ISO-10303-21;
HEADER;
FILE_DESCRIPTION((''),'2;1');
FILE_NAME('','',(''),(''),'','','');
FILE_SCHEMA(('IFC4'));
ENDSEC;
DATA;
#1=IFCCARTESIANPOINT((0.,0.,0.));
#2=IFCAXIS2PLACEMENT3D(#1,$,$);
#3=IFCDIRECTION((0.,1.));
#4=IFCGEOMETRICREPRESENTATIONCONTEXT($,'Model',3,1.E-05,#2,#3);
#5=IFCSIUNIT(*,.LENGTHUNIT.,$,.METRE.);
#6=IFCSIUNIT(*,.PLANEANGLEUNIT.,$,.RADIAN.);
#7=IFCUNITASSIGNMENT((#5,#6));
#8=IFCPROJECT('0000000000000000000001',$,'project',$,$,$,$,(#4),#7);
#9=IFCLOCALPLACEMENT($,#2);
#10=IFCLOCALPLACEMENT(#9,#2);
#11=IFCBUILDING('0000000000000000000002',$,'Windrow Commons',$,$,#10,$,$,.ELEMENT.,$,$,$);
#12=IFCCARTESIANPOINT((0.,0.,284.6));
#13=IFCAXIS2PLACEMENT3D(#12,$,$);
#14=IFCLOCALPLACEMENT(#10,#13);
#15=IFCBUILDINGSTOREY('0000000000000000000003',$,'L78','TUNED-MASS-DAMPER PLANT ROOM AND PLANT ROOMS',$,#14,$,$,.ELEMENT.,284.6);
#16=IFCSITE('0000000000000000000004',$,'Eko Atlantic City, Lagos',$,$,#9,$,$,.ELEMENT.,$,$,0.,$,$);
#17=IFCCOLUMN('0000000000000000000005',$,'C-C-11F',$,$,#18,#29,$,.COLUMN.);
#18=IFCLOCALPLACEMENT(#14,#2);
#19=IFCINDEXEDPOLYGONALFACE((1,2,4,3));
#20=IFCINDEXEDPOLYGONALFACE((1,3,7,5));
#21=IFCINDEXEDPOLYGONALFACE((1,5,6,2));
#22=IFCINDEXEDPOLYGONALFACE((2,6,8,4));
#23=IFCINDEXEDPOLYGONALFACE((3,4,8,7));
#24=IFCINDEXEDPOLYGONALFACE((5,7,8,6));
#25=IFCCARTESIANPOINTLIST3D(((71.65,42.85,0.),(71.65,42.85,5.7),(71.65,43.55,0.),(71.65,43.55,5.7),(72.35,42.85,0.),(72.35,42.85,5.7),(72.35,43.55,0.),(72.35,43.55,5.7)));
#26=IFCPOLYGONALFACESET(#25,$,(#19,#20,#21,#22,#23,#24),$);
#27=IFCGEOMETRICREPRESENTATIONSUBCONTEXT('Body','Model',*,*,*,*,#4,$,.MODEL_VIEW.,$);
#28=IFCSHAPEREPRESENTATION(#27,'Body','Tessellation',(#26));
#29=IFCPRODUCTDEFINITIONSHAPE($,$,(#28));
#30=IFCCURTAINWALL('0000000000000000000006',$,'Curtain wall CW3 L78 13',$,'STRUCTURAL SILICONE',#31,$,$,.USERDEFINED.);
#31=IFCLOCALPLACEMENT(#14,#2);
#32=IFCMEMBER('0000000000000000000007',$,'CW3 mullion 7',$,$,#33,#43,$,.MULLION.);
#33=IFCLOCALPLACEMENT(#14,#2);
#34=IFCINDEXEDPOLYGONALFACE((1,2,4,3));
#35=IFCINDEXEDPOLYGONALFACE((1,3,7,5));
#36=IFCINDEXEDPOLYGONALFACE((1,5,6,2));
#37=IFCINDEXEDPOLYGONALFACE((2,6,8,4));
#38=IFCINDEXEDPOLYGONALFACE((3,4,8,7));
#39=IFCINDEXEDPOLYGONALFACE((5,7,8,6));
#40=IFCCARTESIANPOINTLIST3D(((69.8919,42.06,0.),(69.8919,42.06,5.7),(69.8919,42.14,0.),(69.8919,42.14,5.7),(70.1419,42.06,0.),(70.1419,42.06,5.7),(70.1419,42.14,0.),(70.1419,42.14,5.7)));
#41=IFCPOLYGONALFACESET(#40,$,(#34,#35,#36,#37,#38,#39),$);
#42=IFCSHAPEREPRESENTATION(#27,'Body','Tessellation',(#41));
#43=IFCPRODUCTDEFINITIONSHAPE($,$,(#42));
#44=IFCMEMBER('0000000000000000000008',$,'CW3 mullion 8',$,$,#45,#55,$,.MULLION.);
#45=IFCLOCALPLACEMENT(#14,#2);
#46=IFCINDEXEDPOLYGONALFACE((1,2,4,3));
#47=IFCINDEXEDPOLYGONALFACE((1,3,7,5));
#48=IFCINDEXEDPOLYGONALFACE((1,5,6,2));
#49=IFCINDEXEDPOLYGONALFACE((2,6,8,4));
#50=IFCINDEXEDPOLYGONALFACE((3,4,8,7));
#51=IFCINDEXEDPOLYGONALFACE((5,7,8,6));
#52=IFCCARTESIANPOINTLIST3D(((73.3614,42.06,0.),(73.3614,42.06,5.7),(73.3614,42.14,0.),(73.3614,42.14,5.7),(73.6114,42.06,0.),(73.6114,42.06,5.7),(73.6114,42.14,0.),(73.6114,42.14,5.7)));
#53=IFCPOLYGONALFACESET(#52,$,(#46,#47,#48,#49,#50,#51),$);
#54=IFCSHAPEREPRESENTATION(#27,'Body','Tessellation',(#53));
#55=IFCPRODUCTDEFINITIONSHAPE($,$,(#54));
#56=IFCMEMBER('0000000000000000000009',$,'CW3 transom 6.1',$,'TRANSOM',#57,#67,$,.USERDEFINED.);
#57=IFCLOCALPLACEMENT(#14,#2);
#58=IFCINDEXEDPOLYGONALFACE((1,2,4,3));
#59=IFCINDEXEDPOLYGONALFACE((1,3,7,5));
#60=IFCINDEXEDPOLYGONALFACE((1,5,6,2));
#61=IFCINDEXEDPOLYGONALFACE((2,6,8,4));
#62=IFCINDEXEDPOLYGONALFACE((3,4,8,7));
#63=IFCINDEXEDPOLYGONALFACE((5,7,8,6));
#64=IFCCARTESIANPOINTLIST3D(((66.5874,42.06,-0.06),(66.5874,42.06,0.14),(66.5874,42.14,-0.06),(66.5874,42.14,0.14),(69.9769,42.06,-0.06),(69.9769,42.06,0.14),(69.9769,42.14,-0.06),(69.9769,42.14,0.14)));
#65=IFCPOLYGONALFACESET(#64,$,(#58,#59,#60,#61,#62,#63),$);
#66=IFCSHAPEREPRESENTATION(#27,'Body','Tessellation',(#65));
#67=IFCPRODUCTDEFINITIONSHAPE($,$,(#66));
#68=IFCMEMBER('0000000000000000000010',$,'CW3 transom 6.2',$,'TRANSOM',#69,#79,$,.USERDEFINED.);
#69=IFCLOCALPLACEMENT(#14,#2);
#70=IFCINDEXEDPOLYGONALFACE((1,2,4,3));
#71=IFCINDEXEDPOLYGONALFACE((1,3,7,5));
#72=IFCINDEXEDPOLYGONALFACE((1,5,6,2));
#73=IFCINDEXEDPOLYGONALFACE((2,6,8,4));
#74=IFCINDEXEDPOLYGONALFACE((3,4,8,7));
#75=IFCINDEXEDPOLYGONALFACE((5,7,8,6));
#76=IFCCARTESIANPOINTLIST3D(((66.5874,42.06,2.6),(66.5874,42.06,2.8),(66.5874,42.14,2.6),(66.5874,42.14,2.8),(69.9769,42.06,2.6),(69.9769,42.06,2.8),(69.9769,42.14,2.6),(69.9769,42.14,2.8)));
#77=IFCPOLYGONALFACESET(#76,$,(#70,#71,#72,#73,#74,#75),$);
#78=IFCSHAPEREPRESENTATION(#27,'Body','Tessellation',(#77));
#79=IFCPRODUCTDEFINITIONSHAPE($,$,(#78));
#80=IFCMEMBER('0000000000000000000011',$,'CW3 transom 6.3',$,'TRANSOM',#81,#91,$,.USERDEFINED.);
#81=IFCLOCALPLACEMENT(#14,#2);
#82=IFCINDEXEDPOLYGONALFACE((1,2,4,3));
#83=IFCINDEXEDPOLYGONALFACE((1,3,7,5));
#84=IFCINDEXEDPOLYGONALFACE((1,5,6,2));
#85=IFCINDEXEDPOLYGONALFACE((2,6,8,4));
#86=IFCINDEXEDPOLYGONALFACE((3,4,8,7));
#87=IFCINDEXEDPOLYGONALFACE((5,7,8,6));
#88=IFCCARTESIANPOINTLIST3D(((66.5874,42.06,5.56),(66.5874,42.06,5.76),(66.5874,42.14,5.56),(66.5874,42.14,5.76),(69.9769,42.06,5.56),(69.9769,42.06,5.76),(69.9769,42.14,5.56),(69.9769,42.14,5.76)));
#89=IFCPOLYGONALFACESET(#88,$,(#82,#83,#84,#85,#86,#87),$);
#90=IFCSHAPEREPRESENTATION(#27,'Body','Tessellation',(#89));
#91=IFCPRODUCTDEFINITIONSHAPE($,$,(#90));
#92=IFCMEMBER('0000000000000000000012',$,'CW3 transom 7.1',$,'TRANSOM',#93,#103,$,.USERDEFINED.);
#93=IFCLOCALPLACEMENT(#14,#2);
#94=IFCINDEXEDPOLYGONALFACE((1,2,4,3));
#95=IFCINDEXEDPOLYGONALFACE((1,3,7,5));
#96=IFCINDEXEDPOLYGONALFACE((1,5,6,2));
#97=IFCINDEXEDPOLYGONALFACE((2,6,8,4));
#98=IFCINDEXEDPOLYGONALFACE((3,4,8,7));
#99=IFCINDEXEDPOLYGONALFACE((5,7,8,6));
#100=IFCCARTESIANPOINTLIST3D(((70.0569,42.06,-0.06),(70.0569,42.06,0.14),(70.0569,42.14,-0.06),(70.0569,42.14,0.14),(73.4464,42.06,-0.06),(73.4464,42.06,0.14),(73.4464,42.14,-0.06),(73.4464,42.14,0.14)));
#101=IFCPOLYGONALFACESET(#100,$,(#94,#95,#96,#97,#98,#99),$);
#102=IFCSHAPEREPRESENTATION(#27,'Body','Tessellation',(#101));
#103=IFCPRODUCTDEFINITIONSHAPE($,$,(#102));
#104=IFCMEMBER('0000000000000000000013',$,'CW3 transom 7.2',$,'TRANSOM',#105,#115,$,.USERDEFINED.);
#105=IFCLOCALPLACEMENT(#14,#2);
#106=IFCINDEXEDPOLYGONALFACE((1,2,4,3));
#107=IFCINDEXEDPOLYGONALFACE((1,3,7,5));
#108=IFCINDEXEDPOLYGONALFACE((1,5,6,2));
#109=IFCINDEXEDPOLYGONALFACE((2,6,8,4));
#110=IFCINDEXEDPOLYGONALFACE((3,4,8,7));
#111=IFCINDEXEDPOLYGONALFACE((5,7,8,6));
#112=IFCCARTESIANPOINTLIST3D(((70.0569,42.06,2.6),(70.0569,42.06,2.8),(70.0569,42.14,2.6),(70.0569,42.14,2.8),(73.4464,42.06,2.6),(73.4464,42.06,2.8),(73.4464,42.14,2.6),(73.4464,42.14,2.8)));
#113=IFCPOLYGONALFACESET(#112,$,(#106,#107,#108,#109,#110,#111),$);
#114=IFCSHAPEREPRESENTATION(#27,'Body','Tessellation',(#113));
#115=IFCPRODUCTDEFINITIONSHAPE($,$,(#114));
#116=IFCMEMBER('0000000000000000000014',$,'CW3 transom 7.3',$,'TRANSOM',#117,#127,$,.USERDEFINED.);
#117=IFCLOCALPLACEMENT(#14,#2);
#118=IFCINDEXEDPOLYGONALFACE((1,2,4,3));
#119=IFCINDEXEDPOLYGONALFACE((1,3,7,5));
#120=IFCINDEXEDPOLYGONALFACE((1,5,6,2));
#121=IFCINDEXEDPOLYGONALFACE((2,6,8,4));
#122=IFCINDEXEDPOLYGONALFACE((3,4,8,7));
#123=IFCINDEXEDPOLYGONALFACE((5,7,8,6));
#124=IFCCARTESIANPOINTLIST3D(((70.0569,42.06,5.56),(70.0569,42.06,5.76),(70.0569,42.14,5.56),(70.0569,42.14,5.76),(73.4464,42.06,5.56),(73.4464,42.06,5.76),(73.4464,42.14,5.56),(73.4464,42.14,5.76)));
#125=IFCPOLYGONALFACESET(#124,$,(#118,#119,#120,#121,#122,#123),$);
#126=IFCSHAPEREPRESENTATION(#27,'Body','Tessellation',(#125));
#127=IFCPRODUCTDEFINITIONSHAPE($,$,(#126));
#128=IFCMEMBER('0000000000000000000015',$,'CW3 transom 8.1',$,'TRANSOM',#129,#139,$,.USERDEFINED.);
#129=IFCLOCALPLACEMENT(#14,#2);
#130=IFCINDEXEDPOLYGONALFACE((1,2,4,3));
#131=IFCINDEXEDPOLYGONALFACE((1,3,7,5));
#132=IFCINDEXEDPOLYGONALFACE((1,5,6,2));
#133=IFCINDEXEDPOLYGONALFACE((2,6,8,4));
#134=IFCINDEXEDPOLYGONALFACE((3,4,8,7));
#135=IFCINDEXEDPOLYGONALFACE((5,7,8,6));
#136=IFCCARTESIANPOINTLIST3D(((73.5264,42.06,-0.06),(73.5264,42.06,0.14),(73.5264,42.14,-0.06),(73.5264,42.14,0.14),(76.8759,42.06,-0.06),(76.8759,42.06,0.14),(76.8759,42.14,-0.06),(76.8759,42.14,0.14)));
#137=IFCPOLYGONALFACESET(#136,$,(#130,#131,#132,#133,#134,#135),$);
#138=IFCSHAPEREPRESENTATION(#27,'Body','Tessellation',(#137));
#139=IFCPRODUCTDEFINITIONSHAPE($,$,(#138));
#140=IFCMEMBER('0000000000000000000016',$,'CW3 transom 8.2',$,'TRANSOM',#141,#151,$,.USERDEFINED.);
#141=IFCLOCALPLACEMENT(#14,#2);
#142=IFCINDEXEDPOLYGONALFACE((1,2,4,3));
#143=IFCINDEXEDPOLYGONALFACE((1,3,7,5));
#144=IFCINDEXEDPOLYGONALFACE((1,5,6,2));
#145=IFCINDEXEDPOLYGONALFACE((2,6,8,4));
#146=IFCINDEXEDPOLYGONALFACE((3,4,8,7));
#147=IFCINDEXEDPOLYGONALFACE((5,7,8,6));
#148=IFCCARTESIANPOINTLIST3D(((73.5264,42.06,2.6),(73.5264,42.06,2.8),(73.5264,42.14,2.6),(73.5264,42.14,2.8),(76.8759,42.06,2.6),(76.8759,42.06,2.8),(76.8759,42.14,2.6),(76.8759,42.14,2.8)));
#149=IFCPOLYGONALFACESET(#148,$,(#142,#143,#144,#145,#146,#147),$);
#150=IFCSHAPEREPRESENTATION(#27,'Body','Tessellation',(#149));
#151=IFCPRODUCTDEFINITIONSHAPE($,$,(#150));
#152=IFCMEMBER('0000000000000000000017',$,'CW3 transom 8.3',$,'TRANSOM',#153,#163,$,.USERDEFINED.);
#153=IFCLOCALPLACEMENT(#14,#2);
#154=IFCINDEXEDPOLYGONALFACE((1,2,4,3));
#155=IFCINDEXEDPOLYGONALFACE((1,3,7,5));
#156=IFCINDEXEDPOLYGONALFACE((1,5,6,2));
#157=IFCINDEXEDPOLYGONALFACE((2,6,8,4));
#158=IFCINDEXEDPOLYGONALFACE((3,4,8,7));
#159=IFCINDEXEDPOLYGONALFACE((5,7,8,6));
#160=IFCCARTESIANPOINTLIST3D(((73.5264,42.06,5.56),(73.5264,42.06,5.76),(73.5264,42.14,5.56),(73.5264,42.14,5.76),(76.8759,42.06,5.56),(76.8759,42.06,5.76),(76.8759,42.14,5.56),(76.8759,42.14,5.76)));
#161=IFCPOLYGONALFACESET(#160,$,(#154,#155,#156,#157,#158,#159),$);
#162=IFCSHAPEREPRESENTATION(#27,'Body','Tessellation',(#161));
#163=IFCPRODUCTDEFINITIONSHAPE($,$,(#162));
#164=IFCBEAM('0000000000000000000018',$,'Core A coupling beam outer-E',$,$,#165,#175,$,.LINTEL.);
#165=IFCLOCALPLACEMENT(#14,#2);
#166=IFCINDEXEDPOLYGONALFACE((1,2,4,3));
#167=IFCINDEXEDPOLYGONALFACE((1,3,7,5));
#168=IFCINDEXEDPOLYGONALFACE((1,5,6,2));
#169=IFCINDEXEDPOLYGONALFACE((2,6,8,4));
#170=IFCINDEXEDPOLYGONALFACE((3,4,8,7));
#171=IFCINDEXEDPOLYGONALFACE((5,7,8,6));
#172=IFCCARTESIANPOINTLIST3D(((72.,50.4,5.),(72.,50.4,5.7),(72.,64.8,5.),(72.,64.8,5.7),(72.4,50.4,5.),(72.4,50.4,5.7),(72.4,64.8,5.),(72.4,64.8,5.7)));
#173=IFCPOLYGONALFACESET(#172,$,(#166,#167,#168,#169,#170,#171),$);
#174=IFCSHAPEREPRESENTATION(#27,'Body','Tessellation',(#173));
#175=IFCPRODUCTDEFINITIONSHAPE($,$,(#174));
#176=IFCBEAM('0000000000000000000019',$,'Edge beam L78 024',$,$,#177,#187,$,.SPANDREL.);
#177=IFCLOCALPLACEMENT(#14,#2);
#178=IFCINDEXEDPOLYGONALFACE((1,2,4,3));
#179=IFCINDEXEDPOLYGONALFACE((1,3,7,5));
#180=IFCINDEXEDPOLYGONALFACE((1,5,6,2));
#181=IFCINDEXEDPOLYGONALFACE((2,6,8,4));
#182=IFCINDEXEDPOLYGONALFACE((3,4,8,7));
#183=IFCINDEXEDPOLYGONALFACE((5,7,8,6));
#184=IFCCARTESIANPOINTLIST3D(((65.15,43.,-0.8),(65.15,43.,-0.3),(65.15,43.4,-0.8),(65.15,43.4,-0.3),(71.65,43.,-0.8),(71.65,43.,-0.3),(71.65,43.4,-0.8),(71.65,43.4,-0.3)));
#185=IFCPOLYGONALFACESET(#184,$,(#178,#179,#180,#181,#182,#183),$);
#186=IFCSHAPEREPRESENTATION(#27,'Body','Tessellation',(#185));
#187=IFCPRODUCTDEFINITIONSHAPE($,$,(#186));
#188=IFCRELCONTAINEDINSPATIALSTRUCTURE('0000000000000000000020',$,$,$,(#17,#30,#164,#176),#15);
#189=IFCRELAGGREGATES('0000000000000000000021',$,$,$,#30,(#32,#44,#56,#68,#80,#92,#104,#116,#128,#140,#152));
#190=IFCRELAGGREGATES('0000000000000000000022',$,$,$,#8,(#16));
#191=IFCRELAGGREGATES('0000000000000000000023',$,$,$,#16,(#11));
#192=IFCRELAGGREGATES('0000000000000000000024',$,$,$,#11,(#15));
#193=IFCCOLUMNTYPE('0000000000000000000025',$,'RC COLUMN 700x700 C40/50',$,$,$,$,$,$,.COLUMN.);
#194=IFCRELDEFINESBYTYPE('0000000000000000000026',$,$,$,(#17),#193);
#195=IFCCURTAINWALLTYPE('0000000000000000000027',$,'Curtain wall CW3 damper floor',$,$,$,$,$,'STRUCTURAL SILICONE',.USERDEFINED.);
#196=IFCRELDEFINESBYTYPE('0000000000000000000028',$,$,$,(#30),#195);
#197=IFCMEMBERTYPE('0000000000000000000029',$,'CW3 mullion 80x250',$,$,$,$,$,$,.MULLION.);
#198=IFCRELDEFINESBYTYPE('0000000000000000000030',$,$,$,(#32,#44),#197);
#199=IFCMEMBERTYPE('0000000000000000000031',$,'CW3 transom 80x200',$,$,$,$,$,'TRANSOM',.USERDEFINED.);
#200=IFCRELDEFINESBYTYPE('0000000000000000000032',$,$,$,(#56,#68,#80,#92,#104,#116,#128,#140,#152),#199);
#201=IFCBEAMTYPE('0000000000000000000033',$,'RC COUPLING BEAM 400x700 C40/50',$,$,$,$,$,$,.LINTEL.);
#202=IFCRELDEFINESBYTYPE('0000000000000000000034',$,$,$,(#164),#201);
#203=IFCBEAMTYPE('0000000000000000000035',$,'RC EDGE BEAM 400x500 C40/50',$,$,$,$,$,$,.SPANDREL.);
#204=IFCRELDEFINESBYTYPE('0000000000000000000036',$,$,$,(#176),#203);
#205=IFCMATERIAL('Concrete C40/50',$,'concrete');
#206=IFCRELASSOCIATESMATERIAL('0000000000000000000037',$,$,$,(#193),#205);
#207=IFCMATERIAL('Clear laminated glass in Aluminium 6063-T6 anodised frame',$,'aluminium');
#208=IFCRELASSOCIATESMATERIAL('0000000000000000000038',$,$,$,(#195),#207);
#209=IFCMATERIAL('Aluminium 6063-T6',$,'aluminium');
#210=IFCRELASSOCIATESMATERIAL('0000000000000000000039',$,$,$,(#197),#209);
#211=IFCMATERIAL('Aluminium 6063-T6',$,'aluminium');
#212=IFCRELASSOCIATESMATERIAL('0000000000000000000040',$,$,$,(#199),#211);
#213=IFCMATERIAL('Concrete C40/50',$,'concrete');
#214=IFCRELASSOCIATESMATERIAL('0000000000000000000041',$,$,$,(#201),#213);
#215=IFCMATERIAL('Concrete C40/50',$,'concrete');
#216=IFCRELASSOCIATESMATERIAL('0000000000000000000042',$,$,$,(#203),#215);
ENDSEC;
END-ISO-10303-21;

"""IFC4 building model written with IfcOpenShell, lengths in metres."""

from ifc_helpers import new_model, si_unit, direction, frame, origin, origin_2d, place, context, subcontext, project, spatial, rectangle, extrude, material, material_profile, profile_set, type_object, element, aggregate, save


model = new_model("IFC4")

# Units and contexts
model_context = context("Model", 3, precision=1e-05, world=origin(), true_north=direction((0.0, 1.0)))
body_context = subcontext(model_context, "Body", "Model", "MODEL_VIEW")
ifc_project = project(units=[si_unit("LENGTHUNIT", "METRE"), si_unit("PLANEANGLEUNIT", "RADIAN")], contexts=[model_context])

# Site, building, storey
site_placement = place(None, origin())
site = spatial("IfcSite", under=ifc_project, at=site_placement, Name="Eko Atlantic City, Lagos", CompositionType="ELEMENT", RefElevation=0.0)
building_placement = place(site_placement, origin())
building = spatial("IfcBuilding", under=site, at=building_placement, Name="Windrow Commons", CompositionType="ELEMENT")
storey_placement = place(building_placement, frame((0.0, 0.0, 284.6)))
storey = spatial("IfcBuildingStorey", under=building, at=storey_placement, Name="L78", Description="TUNED-MASS-DAMPER PLANT ROOM AND PLANT ROOMS", CompositionType="ELEMENT", Elevation=284.6)

# Column
ifc_material_1 = material(Name="Concrete C40/50", Category="concrete")
ifc_material_profile_1 = material_profile(ifc_material_1, rectangle(XDim=0.7, YDim=0.7, at=origin_2d()))
ifc_profile_set_1 = profile_set([ifc_material_profile_1], Name="Concrete C40/50")
column_type = type_object("IfcColumnType", Name="RC COLUMN 700x700 C40/50", PredefinedType="COLUMN", material=ifc_profile_set_1)
column_placement = place(storey_placement, frame((72.0, 43.2, 0.0), z_axis=(0.0, 0.0, 1.0), x_axis=(1.0, 0.0, 0.0)))
element("IfcColumn", 1, at=column_placement, inside=storey, type_object=column_type, Name="C-C-11F", PredefinedType="COLUMN", context=body_context, shape_type="SweptSolid", body=[
    extrude(rectangle(XDim=0.7, YDim=0.7, at=origin_2d()), origin(), (0.0, 0.0, 1.0), 5.7),
])

# Curtain wall, members
ifc_material_2 = material(Name="Clear laminated glass in Aluminium 6063-T6 anodised frame", Category="aluminium")
curtain_wall_type = type_object("IfcCurtainWallType", Name="Curtain wall CW3 damper floor", ElementType="STRUCTURAL SILICONE", PredefinedType="USERDEFINED", material=ifc_material_2)
curtain_wall_placement = place(storey_placement, origin())
curtain_wall = element("IfcCurtainWall", 2, at=curtain_wall_placement, inside=storey, type_object=curtain_wall_type, Name="Curtain wall CW3 L78 13", ObjectType="STRUCTURAL SILICONE", PredefinedType="USERDEFINED")
ifc_material_3 = material(Name="Aluminium 6063-T6", Category="aluminium")
ifc_material_profile_2 = material_profile(ifc_material_3, rectangle(XDim=0.08, YDim=0.25, at=origin_2d()))
ifc_profile_set_2 = profile_set([ifc_material_profile_2], Name="Aluminium 6063-T6")
member_type_1 = type_object("IfcMemberType", Name="CW3 mullion 80x250", PredefinedType="MULLION", material=ifc_profile_set_2)
member_1_placement = place(storey_placement, frame((70.0169, 42.1, 0.0), z_axis=(0.0, 0.0, 1.0), x_axis=(0.0, 1.0, 0.0)))
member_1 = element("IfcMember", 3, at=member_1_placement, type_object=member_type_1, Name="CW3 mullion 7", PredefinedType="MULLION", context=body_context, shape_type="SweptSolid", body=[
    extrude(rectangle(XDim=0.08, YDim=0.25, at=origin_2d()), origin(), (0.0, 0.0, 1.0), 5.7),
])
member_2_placement = place(storey_placement, frame((73.4864, 42.1, 0.0), z_axis=(0.0, 0.0, 1.0), x_axis=(0.0, 1.0, 0.0)))
member_2 = element("IfcMember", 4, at=member_2_placement, type_object=member_type_1, Name="CW3 mullion 8", PredefinedType="MULLION", context=body_context, shape_type="SweptSolid", body=[
    extrude(rectangle(XDim=0.08, YDim=0.25, at=origin_2d()), origin(), (0.0, 0.0, 1.0), 5.7),
])
ifc_material_4 = material(Name="Aluminium 6063-T6", Category="aluminium")
ifc_material_profile_3 = material_profile(ifc_material_4, rectangle(XDim=0.08, YDim=0.2, at=origin_2d()))
ifc_profile_set_3 = profile_set([ifc_material_profile_3], Name="Aluminium 6063-T6")
member_type_2 = type_object("IfcMemberType", Name="CW3 transom 80x200", ElementType="TRANSOM", PredefinedType="USERDEFINED", material=ifc_profile_set_3)
member_3_placement = place(storey_placement, frame((66.5874, 42.1, 0.04), z_axis=(1.0, 0.0, 0.0), x_axis=(0.0, 1.0, 0.0)))
member_3 = element("IfcMember", 5, at=member_3_placement, type_object=member_type_2, Name="CW3 transom 6.1", ObjectType="TRANSOM", PredefinedType="USERDEFINED", context=body_context, shape_type="SweptSolid", body=[
    extrude(rectangle(XDim=0.08, YDim=0.2, at=origin_2d()), origin(), (0.0, 0.0, 1.0), 3.3895),
])
member_4_placement = place(storey_placement, frame((66.5874, 42.1, 2.7), z_axis=(1.0, 0.0, 0.0), x_axis=(0.0, 1.0, 0.0)))
member_4 = element("IfcMember", 6, at=member_4_placement, type_object=member_type_2, Name="CW3 transom 6.2", ObjectType="TRANSOM", PredefinedType="USERDEFINED", context=body_context, shape_type="SweptSolid", body=[
    extrude(rectangle(XDim=0.08, YDim=0.2, at=origin_2d()), origin(), (0.0, 0.0, 1.0), 3.3895),
])
member_5_placement = place(storey_placement, frame((66.5874, 42.1, 5.66), z_axis=(1.0, 0.0, 0.0), x_axis=(0.0, 1.0, 0.0)))
member_5 = element("IfcMember", 7, at=member_5_placement, type_object=member_type_2, Name="CW3 transom 6.3", ObjectType="TRANSOM", PredefinedType="USERDEFINED", context=body_context, shape_type="SweptSolid", body=[
    extrude(rectangle(XDim=0.08, YDim=0.2, at=origin_2d()), origin(), (0.0, 0.0, 1.0), 3.3895),
])
member_6_placement = place(storey_placement, frame((70.0569, 42.1, 0.04), z_axis=(1.0, 0.0, 0.0), x_axis=(0.0, 1.0, 0.0)))
member_6 = element("IfcMember", 8, at=member_6_placement, type_object=member_type_2, Name="CW3 transom 7.1", ObjectType="TRANSOM", PredefinedType="USERDEFINED", context=body_context, shape_type="SweptSolid", body=[
    extrude(rectangle(XDim=0.08, YDim=0.2, at=origin_2d()), origin(), (0.0, 0.0, 1.0), 3.3895),
])
member_7_placement = place(storey_placement, frame((70.0569, 42.1, 2.7), z_axis=(1.0, 0.0, 0.0), x_axis=(0.0, 1.0, 0.0)))
member_7 = element("IfcMember", 9, at=member_7_placement, type_object=member_type_2, Name="CW3 transom 7.2", ObjectType="TRANSOM", PredefinedType="USERDEFINED", context=body_context, shape_type="SweptSolid", body=[
    extrude(rectangle(XDim=0.08, YDim=0.2, at=origin_2d()), origin(), (0.0, 0.0, 1.0), 3.3895),
])
member_8_placement = place(storey_placement, frame((70.0569, 42.1, 5.66), z_axis=(1.0, 0.0, 0.0), x_axis=(0.0, 1.0, 0.0)))
member_8 = element("IfcMember", 10, at=member_8_placement, type_object=member_type_2, Name="CW3 transom 7.3", ObjectType="TRANSOM", PredefinedType="USERDEFINED", context=body_context, shape_type="SweptSolid", body=[
    extrude(rectangle(XDim=0.08, YDim=0.2, at=origin_2d()), origin(), (0.0, 0.0, 1.0), 3.3895),
])
member_9_placement = place(storey_placement, frame((73.5264, 42.1, 0.04), z_axis=(1.0, 0.0, 0.0), x_axis=(0.0, 1.0, 0.0)))
member_9 = element("IfcMember", 11, at=member_9_placement, type_object=member_type_2, Name="CW3 transom 8.1", ObjectType="TRANSOM", PredefinedType="USERDEFINED", context=body_context, shape_type="SweptSolid", body=[
    extrude(rectangle(XDim=0.08, YDim=0.2, at=origin_2d()), origin(), (0.0, 0.0, 1.0), 3.3495),
])
member_10_placement = place(storey_placement, frame((73.5264, 42.1, 2.7), z_axis=(1.0, 0.0, 0.0), x_axis=(0.0, 1.0, 0.0)))
member_10 = element("IfcMember", 12, at=member_10_placement, type_object=member_type_2, Name="CW3 transom 8.2", ObjectType="TRANSOM", PredefinedType="USERDEFINED", context=body_context, shape_type="SweptSolid", body=[
    extrude(rectangle(XDim=0.08, YDim=0.2, at=origin_2d()), origin(), (0.0, 0.0, 1.0), 3.3495),
])
member_11_placement = place(storey_placement, frame((73.5264, 42.1, 5.66), z_axis=(1.0, 0.0, 0.0), x_axis=(0.0, 1.0, 0.0)))
member_11 = element("IfcMember", 13, at=member_11_placement, type_object=member_type_2, Name="CW3 transom 8.3", ObjectType="TRANSOM", PredefinedType="USERDEFINED", context=body_context, shape_type="SweptSolid", body=[
    extrude(rectangle(XDim=0.08, YDim=0.2, at=origin_2d()), origin(), (0.0, 0.0, 1.0), 3.3495),
])

# Beams
ifc_material_5 = material(Name="Concrete C40/50", Category="concrete")
ifc_material_profile_4 = material_profile(ifc_material_5, rectangle(XDim=0.4, YDim=0.7, at=origin_2d()))
ifc_profile_set_4 = profile_set([ifc_material_profile_4], Name="Concrete C40/50")
beam_type_1 = type_object("IfcBeamType", Name="RC COUPLING BEAM 400x700 C40/50", PredefinedType="LINTEL", material=ifc_profile_set_4)
beam_1_placement = place(storey_placement, frame((72.2, 50.4, 5.35), z_axis=(0.0, 1.0, 0.0), x_axis=(-1.0, 0.0, 0.0)))
element("IfcBeam", 14, at=beam_1_placement, inside=storey, type_object=beam_type_1, Name="Core A coupling beam outer-E", PredefinedType="LINTEL", context=body_context, shape_type="SweptSolid", body=[
    extrude(rectangle(XDim=0.4, YDim=0.7, at=origin_2d()), origin(), (0.0, 0.0, 1.0), 14.4),
])
ifc_material_6 = material(Name="Concrete C40/50", Category="concrete")
ifc_material_profile_5 = material_profile(ifc_material_6, rectangle(XDim=0.4, YDim=0.5, at=origin_2d()))
ifc_profile_set_5 = profile_set([ifc_material_profile_5], Name="Concrete C40/50")
beam_type_2 = type_object("IfcBeamType", Name="RC EDGE BEAM 400x500 C40/50", PredefinedType="SPANDREL", material=ifc_profile_set_5)
beam_2_placement = place(storey_placement, frame((71.65, 43.2, -0.55), z_axis=(-1.0, 0.0, 0.0), x_axis=(0.0, -1.0, 0.0)))
element("IfcBeam", 15, at=beam_2_placement, inside=storey, type_object=beam_type_2, Name="Edge beam L78 024", PredefinedType="SPANDREL", context=body_context, shape_type="SweptSolid", body=[
    extrude(rectangle(XDim=0.4, YDim=0.5, at=origin_2d()), origin(), (0.0, 0.0, 1.0), 6.5),
])

aggregate(curtain_wall, [member_1, member_2, member_3, member_4, member_5, member_6, member_7, member_8, member_9, member_10, member_11])

save(model, "model.ifc")
